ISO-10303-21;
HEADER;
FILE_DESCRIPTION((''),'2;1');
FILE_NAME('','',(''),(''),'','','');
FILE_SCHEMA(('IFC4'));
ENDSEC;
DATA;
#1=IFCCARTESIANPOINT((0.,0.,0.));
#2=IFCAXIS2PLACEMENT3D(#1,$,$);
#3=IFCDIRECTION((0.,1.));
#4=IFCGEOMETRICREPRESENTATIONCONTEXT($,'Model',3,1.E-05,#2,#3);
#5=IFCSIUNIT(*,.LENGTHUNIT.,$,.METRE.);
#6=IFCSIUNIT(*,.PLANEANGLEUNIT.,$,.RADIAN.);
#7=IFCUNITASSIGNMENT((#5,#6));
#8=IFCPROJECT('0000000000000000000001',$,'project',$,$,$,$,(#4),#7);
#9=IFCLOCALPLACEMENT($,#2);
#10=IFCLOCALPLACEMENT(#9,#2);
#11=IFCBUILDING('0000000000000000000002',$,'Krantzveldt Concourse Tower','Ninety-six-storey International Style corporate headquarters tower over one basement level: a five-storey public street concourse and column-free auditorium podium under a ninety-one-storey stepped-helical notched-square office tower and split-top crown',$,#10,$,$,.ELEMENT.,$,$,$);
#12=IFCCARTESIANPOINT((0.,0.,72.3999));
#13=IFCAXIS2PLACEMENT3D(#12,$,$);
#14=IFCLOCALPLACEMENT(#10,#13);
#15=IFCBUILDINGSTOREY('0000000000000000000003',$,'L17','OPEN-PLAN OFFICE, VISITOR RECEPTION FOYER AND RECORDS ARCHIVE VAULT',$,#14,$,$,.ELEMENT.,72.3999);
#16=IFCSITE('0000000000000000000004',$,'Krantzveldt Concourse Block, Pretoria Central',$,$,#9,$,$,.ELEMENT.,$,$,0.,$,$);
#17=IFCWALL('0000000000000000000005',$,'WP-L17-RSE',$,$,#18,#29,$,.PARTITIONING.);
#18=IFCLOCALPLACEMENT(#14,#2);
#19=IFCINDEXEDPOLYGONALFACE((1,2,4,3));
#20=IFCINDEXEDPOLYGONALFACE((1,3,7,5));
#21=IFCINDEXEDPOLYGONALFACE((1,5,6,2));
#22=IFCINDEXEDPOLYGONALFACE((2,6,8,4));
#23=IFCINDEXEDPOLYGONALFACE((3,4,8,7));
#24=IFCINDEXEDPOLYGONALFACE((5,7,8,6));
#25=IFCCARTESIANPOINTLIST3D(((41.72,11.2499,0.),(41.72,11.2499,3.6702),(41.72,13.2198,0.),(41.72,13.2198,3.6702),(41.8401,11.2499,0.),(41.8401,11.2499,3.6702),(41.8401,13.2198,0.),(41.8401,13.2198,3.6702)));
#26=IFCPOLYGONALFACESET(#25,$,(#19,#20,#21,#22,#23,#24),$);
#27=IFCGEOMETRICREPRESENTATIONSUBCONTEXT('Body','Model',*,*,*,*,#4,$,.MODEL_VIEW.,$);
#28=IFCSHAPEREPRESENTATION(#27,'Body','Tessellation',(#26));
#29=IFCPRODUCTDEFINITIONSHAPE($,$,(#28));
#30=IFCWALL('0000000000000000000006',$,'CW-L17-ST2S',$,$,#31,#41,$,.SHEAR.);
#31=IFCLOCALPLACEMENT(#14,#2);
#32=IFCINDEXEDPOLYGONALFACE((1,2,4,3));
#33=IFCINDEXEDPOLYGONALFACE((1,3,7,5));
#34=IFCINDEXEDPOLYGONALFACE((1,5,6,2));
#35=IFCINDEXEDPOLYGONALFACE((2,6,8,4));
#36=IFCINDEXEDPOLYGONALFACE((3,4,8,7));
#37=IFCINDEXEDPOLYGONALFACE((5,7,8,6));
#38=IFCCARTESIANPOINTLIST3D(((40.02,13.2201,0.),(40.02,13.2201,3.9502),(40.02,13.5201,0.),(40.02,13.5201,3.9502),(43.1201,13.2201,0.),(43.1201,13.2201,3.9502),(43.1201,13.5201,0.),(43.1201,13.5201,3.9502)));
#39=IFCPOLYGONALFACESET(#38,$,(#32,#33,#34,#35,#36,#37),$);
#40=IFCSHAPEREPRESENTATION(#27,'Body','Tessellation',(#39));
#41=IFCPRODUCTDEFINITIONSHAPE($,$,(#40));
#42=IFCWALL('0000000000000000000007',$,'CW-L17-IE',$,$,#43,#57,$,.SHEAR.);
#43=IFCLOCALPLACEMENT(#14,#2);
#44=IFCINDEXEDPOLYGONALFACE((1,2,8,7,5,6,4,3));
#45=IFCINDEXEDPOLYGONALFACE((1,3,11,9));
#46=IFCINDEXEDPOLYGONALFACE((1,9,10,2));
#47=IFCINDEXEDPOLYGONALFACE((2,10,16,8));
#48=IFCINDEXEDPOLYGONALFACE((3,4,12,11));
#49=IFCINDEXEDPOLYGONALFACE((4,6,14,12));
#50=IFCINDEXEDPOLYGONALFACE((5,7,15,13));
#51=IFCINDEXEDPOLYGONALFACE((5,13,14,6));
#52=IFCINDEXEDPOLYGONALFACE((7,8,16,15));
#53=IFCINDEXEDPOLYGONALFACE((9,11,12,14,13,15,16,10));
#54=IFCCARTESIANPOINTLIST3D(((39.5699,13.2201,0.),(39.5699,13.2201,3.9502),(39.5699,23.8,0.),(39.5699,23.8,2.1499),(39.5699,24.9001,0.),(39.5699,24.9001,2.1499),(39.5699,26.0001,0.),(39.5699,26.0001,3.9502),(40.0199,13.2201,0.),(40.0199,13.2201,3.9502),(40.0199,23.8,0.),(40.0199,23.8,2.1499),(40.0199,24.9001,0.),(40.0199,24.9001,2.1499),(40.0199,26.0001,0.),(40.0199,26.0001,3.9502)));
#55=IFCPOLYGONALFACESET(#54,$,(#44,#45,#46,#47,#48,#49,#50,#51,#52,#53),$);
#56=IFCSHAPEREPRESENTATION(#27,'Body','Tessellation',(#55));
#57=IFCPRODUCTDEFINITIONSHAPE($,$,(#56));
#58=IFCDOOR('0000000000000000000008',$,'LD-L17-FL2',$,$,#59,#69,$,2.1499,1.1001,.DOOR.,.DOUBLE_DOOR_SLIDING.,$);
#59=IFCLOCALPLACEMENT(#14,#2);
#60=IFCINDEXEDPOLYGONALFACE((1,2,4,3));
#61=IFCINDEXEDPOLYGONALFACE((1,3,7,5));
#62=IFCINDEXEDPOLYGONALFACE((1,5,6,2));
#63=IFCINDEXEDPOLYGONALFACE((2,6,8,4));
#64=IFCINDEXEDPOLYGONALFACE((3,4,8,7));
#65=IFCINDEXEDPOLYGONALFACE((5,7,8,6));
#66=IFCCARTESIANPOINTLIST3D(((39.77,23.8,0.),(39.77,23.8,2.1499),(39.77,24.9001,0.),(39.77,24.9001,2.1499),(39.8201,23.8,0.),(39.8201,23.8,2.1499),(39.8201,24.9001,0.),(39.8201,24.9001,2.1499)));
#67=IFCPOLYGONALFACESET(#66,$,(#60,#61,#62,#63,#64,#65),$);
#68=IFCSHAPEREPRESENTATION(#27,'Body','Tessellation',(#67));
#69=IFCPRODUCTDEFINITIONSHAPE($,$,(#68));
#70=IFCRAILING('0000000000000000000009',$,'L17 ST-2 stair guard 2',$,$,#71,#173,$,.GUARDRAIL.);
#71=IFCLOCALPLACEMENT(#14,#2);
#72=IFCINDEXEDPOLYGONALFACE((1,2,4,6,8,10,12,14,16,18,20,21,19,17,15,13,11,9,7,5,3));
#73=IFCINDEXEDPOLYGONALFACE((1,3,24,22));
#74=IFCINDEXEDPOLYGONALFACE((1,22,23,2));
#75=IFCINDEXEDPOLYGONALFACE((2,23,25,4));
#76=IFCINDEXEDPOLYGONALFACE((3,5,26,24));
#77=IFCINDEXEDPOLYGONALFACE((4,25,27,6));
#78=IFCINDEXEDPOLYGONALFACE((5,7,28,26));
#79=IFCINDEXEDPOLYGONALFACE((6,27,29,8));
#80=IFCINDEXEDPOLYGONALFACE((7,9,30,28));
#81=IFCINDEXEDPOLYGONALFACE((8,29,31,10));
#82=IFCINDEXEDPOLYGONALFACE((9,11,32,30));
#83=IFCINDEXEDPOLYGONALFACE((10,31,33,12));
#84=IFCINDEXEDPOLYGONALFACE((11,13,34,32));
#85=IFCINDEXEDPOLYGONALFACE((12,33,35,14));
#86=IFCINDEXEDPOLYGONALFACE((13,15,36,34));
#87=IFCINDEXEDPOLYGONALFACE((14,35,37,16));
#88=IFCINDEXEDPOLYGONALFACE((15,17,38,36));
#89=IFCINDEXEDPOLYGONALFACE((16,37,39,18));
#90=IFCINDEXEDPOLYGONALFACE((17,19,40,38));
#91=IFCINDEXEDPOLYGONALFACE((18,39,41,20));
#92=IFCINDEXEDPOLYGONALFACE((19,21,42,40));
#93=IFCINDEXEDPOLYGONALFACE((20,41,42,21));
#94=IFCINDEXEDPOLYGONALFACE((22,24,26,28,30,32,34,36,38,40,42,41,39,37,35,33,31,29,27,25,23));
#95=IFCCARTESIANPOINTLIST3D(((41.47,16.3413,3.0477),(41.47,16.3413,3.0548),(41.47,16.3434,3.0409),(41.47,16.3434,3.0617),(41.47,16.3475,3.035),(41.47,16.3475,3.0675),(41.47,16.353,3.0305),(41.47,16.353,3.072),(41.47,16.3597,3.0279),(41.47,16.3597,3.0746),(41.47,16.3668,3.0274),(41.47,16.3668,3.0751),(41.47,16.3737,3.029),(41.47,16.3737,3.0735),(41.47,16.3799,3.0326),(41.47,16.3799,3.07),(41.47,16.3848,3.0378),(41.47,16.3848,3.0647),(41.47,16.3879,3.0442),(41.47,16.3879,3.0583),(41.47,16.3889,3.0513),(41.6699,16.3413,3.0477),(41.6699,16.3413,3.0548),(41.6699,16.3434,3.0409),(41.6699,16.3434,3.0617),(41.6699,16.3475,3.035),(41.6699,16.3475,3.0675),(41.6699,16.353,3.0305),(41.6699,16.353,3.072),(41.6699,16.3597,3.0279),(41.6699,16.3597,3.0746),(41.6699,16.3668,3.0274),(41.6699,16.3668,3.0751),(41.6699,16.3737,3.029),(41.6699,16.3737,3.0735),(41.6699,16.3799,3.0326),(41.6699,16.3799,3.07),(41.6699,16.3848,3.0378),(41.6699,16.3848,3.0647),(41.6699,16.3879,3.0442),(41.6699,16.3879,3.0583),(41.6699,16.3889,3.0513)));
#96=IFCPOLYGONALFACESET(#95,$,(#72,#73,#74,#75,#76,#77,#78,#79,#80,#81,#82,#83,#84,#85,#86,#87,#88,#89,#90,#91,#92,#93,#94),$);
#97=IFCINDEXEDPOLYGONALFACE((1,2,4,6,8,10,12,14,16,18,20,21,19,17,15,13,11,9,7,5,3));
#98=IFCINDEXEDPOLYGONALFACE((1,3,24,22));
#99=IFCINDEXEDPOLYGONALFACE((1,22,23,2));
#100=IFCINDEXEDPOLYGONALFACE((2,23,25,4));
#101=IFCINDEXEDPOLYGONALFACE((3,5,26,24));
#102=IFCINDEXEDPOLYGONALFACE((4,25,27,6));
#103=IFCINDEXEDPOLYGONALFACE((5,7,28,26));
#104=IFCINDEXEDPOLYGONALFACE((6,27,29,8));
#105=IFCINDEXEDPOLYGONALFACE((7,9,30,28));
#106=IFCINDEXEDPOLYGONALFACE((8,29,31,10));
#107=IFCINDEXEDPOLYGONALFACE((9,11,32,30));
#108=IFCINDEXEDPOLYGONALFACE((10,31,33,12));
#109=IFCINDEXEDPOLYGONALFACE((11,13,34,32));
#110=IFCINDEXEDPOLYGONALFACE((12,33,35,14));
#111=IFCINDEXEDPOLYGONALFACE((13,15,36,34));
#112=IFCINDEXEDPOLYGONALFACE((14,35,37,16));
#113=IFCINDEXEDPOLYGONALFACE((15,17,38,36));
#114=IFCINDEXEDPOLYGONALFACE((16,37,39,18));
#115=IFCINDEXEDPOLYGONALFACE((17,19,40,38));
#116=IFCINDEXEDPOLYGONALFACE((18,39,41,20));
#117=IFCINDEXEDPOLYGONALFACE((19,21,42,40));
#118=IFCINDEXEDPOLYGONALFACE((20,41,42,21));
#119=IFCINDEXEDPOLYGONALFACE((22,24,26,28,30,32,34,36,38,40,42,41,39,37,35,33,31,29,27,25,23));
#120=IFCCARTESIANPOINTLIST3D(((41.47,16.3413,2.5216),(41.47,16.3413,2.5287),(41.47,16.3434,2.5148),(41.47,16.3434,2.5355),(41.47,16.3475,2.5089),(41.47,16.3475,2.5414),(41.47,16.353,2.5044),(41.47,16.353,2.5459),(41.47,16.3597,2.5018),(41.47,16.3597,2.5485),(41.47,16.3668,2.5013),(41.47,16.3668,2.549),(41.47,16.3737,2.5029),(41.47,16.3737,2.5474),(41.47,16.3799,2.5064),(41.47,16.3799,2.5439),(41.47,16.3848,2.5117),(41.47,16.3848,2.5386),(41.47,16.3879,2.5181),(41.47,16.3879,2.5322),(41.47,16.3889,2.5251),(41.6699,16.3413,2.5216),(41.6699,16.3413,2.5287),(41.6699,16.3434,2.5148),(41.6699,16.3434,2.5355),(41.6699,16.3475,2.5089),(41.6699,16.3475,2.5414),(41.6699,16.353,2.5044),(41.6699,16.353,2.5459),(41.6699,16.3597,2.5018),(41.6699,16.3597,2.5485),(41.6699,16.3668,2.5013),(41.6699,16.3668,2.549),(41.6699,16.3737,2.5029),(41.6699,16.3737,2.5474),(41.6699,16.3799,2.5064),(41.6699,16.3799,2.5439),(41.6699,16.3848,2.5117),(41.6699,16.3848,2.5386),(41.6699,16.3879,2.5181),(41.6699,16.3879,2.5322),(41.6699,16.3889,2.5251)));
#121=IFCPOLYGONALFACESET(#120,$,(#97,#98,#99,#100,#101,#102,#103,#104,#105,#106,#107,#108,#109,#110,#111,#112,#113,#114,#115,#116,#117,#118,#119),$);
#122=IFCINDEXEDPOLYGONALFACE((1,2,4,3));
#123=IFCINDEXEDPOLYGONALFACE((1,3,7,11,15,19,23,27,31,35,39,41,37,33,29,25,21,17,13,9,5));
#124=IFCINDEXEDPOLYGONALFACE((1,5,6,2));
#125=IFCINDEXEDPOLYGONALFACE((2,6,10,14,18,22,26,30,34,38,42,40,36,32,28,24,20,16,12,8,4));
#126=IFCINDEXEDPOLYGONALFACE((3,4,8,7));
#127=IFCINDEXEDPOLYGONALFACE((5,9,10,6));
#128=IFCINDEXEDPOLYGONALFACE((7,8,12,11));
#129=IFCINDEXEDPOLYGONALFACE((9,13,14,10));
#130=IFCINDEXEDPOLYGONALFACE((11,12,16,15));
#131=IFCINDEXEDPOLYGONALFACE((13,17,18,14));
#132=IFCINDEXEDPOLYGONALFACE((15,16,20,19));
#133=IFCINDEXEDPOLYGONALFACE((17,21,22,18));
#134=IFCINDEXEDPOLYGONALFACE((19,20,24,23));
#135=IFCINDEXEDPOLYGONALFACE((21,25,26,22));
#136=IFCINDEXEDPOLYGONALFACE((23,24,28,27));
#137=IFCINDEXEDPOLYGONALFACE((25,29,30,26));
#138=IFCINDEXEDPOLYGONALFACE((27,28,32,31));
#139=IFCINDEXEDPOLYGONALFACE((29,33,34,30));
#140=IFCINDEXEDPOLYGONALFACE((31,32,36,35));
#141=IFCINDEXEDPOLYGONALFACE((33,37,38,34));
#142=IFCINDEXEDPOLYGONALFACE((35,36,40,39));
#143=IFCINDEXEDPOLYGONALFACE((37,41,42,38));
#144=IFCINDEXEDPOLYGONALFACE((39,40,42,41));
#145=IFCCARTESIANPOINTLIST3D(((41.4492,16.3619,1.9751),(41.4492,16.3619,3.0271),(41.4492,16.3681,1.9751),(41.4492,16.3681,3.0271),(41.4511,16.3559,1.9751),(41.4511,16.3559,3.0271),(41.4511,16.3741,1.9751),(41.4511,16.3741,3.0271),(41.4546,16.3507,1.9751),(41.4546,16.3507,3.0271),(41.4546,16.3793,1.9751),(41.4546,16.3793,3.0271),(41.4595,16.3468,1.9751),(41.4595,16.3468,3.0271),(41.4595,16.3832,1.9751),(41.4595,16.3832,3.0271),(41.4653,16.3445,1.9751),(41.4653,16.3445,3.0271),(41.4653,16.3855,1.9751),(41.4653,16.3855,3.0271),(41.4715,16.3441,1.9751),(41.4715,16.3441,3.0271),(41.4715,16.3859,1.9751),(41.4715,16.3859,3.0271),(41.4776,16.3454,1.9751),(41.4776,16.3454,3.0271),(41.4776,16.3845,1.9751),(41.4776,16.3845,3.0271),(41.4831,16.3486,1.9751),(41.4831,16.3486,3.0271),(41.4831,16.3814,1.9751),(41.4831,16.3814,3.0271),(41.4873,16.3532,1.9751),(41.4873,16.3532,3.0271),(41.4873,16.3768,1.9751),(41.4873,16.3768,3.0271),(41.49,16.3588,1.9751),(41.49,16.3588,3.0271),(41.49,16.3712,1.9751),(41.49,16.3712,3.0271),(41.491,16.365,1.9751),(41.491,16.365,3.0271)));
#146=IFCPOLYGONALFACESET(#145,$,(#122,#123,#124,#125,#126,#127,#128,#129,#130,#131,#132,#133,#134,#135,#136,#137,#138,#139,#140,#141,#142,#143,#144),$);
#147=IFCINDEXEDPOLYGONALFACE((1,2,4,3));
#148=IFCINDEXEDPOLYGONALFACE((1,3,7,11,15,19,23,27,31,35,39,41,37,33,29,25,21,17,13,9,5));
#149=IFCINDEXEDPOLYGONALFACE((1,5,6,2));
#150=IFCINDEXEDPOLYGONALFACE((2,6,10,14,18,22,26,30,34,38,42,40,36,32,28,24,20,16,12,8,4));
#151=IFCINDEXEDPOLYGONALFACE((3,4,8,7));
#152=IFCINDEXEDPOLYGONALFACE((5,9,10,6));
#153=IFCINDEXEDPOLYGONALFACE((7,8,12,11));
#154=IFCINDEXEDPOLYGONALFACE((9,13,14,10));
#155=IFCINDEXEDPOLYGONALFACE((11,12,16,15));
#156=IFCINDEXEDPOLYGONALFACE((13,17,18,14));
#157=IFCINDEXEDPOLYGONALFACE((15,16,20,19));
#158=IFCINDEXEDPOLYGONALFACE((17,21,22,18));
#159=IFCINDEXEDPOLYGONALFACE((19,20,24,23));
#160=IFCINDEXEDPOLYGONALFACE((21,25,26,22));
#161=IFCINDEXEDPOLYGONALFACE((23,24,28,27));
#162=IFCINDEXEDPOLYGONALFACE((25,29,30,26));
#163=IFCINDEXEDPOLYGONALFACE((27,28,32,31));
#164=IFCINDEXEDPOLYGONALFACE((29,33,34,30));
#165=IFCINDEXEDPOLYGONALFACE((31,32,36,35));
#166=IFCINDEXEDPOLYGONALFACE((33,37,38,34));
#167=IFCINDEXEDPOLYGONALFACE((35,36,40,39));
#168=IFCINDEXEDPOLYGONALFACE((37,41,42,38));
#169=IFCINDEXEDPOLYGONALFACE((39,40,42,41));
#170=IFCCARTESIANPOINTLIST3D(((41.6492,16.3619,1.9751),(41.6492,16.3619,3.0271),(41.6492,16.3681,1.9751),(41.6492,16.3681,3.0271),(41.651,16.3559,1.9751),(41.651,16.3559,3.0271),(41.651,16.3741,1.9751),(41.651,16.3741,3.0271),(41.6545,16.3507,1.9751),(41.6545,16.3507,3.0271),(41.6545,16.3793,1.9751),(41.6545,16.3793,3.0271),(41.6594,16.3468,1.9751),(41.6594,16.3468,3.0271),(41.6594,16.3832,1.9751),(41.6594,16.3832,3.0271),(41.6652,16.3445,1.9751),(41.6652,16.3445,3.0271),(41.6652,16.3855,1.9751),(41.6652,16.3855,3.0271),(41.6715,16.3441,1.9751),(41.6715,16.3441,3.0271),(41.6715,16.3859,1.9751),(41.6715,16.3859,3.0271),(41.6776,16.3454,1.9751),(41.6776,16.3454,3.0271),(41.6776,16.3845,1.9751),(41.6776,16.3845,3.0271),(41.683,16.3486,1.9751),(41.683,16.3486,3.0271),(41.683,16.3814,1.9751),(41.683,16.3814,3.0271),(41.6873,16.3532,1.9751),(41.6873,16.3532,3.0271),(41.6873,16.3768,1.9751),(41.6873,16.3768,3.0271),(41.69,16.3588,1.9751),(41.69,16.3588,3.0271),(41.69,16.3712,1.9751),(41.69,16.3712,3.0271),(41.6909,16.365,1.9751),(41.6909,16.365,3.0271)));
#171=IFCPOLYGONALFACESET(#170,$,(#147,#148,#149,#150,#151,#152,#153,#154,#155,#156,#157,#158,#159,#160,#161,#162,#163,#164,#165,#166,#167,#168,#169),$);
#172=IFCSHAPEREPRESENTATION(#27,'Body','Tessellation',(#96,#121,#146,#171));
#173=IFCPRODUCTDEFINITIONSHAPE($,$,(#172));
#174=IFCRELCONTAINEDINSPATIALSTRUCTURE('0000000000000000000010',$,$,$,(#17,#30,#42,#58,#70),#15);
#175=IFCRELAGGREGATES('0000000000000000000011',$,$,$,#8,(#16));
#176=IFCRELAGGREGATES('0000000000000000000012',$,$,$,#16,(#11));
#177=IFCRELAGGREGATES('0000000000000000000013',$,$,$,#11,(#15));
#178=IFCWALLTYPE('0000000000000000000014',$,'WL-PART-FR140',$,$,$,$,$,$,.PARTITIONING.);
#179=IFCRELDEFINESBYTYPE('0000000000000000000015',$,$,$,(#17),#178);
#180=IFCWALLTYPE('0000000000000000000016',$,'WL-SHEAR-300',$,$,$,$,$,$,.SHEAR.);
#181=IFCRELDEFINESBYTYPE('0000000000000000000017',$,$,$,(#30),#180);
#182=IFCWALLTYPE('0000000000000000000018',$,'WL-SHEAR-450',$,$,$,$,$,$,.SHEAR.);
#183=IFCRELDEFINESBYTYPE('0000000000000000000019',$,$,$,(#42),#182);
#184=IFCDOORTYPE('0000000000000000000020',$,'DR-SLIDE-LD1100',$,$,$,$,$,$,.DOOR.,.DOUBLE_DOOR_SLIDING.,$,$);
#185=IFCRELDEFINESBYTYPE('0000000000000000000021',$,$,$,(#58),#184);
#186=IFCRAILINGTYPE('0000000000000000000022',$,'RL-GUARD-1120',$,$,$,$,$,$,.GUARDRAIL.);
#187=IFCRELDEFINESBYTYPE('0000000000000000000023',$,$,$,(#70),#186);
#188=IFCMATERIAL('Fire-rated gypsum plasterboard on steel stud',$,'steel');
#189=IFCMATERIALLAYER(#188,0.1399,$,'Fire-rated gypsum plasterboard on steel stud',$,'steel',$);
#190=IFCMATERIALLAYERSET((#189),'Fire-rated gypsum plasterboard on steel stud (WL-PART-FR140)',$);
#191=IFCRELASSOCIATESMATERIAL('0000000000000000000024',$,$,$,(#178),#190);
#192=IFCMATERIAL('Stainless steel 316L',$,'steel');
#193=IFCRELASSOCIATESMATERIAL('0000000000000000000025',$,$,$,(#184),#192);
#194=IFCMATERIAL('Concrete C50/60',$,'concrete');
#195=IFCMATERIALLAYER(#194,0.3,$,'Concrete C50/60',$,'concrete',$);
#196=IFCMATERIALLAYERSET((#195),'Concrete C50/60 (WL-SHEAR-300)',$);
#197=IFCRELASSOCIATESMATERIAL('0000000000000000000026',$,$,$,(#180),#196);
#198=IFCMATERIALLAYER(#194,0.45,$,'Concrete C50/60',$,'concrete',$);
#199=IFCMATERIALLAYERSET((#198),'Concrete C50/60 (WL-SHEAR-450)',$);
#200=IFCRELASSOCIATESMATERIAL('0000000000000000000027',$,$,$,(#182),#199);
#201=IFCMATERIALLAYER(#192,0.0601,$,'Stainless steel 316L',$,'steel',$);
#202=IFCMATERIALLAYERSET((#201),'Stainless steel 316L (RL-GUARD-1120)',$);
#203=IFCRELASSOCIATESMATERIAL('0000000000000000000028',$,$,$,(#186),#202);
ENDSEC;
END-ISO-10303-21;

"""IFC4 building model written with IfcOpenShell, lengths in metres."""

from ifc_helpers import new_model, si_unit, direction, frame, frame_2d, origin, origin_2d, place, context, subcontext, project, spatial, rectangle, circle, extrude, material, layer, layer_set, type_object, element, fill, save


model = new_model("IFC4")

# Units and contexts
model_context = context("Model", 3, precision=1e-05, world=origin(), true_north=direction((0.0, 1.0)))
body_context = subcontext(model_context, "Body", "Model", "MODEL_VIEW")
ifc_project = project(units=[si_unit("LENGTHUNIT", "METRE"), si_unit("PLANEANGLEUNIT", "RADIAN")], contexts=[model_context])

# Site, building, storey
site_placement = place(None, origin())
site = spatial("IfcSite", under=ifc_project, at=site_placement, Name="Krantzveldt Concourse Block, Pretoria Central", CompositionType="ELEMENT", RefElevation=0.0)
building_placement = place(site_placement, origin())
building = spatial("IfcBuilding", under=site, at=building_placement, Name="Krantzveldt Concourse Tower", Description="Ninety-six-storey International Style corporate headquarters tower over one basement level: a five-storey public street concourse and column-free auditorium podium under a ninety-one-storey stepped-helical notched-square office tower and split-top crown", CompositionType="ELEMENT")
storey_placement = place(building_placement, frame((0.0, 0.0, 72.3999)))
storey = spatial("IfcBuildingStorey", under=building, at=storey_placement, Name="L17", Description="OPEN-PLAN OFFICE, VISITOR RECEPTION FOYER AND RECORDS ARCHIVE VAULT", CompositionType="ELEMENT", Elevation=72.3999)

# Shared definitions
ifc_material_1 = material(Name="Fire-rated gypsum plasterboard on steel stud", Category="steel")

# Shared definitions
ifc_layer_1 = layer(ifc_material_1, 0.1399, Name="Fire-rated gypsum plasterboard on steel stud", Category="steel")
ifc_layer_set_1 = layer_set([ifc_layer_1], Name="Fire-rated gypsum plasterboard on steel stud (WL-PART-FR140)")
wall_type_1 = type_object("IfcWallType", Name="WL-PART-FR140", PredefinedType="PARTITIONING", material=ifc_layer_set_1)
ifc_material_2 = material(Name="Stainless steel 316L", Category="steel")
door_type_1 = type_object("IfcDoorType", Name="DR-SLIDE-LD1100", OperationType="DOUBLE_DOOR_SLIDING", PredefinedType="DOOR", material=ifc_material_2)

# Walls
wall_1_placement = place(storey_placement, frame((41.78, 11.25, 0.0), z_axis=(0.0, 0.0, 1.0), x_axis=(0.0, 1.0, 0.0)))
element("IfcWall", 1, at=wall_1_placement, inside=storey, type_object=wall_type_1, Name="WP-L17-RSE", PredefinedType="PARTITIONING", context=body_context, shape_type="SweptSolid", body=[
    extrude(rectangle(XDim=1.97, YDim=0.1201, at=frame_2d((0.9849, 0.0))), origin(), (0.0, 0.0, 1.0), 3.6702),
])
ifc_material_3 = material(Name="Concrete C50/60", Category="concrete")
ifc_layer_2 = layer(ifc_material_3, 0.3, Name="Concrete C50/60", Category="concrete")
ifc_layer_set_2 = layer_set([ifc_layer_2], Name="Concrete C50/60 (WL-SHEAR-300)")
wall_type_2 = type_object("IfcWallType", Name="WL-SHEAR-300", PredefinedType="SHEAR", material=ifc_layer_set_2)
wall_2_placement = place(storey_placement, frame((40.02, 13.3701, 0.0), z_axis=(0.0, 0.0, 1.0), x_axis=(1.0, 0.0, 0.0)))
element("IfcWall", 2, at=wall_2_placement, inside=storey, type_object=wall_type_2, Name="CW-L17-ST2S", PredefinedType="SHEAR", context=body_context, shape_type="SweptSolid", body=[
    extrude(rectangle(XDim=3.1001, YDim=0.3, at=frame_2d((1.55, 0.0))), origin(), (0.0, 0.0, 1.0), 3.9502),
])

# Wall, opening, door
ifc_layer_3 = layer(ifc_material_3, 0.45, Name="Concrete C50/60", Category="concrete")
ifc_layer_set_3 = layer_set([ifc_layer_3], Name="Concrete C50/60 (WL-SHEAR-450)")
wall_type_3 = type_object("IfcWallType", Name="WL-SHEAR-450", PredefinedType="SHEAR", material=ifc_layer_set_3)
wall_3_placement = place(storey_placement, frame((39.7949, 13.22, 0.0), z_axis=(0.0, 0.0, 1.0), x_axis=(0.0, 1.0, 0.0)))
wall_3 = element("IfcWall", 3, at=wall_3_placement, inside=storey, type_object=wall_type_3, Name="CW-L17-IE", PredefinedType="SHEAR", context=body_context, shape_type="SweptSolid", body=[
    extrude(rectangle(XDim=12.78, YDim=0.45, at=frame_2d((6.3901, 0.0))), origin(), (0.0, 0.0, 1.0), 3.9502),
])
opening_1_placement = place(wall_3_placement, frame((10.5801, 0.0, 0.0)))
opening_1 = element("IfcOpeningElement", 4, at=opening_1_placement, cuts=wall_3, PredefinedType="OPENING", context=body_context, shape_type="SweptSolid", body=[
    extrude(rectangle(XDim=1.1001, YDim=2.1499, at=frame_2d((0.55, 1.075))), frame((0.0, 0.2349, 0.0), z_axis=(0.0, -1.0, 0.0), x_axis=(1.0, 0.0, 0.0)), (0.0, 0.0, 1.0), 0.47),
])
door_1_placement = place(opening_1_placement, origin())
door_1 = element("IfcDoor", 5, at=door_1_placement, inside=storey, type_object=door_type_1, Name="LD-L17-FL2", OperationType="DOUBLE_DOOR_SLIDING", OverallHeight=2.1499, OverallWidth=1.1001, PredefinedType="DOOR", context=body_context, shape_type="SweptSolid", body=[
    extrude(rectangle(XDim=1.1001, YDim=2.1499, at=frame_2d((0.55, 1.075))), frame((0.0, 0.0249, 0.0), z_axis=(0.0, -1.0, 0.0), x_axis=(1.0, 0.0, 0.0)), (0.0, 0.0, 1.0), 0.05),
])
fill(opening_1, door_1)

# Railing
ifc_layer_4 = layer(ifc_material_2, 0.0601, Name="Stainless steel 316L", Category="steel")
ifc_layer_set_4 = layer_set([ifc_layer_4], Name="Stainless steel 316L (RL-GUARD-1120)")
railing_type = type_object("IfcRailingType", Name="RL-GUARD-1120", PredefinedType="GUARDRAIL", material=ifc_layer_set_4)
railing_placement = place(storey_placement, frame((41.47, 16.365, 1.9751)))
element("IfcRailing", 6, at=railing_placement, inside=storey, type_object=railing_type, Name="L17 ST-2 stair guard 2", PredefinedType="GUARDRAIL", context=body_context, shape_type="SweptSolid", body=[
    extrude(circle(Radius=0.0239, at=origin_2d()), frame((0.0, 0.0, 1.0762), z_axis=(1.0, 0.0, 0.0), x_axis=(0.0, 1.0, 0.0)), (0.0, 0.0, 1.0), 0.2),
    extrude(circle(Radius=0.0239, at=origin_2d()), frame((0.0, 0.0, 0.55), z_axis=(1.0, 0.0, 0.0), x_axis=(0.0, 1.0, 0.0)), (0.0, 0.0, 1.0), 0.2),
    extrude(circle(Radius=0.021, at=origin_2d()), origin(), (0.0, 0.0, 1.0), 1.052),
    extrude(circle(Radius=0.021, at=origin_2d()), frame((0.2, 0.0, 0.0)), (0.0, 0.0, 1.0), 1.052),
])

save(model, "model.ifc")
